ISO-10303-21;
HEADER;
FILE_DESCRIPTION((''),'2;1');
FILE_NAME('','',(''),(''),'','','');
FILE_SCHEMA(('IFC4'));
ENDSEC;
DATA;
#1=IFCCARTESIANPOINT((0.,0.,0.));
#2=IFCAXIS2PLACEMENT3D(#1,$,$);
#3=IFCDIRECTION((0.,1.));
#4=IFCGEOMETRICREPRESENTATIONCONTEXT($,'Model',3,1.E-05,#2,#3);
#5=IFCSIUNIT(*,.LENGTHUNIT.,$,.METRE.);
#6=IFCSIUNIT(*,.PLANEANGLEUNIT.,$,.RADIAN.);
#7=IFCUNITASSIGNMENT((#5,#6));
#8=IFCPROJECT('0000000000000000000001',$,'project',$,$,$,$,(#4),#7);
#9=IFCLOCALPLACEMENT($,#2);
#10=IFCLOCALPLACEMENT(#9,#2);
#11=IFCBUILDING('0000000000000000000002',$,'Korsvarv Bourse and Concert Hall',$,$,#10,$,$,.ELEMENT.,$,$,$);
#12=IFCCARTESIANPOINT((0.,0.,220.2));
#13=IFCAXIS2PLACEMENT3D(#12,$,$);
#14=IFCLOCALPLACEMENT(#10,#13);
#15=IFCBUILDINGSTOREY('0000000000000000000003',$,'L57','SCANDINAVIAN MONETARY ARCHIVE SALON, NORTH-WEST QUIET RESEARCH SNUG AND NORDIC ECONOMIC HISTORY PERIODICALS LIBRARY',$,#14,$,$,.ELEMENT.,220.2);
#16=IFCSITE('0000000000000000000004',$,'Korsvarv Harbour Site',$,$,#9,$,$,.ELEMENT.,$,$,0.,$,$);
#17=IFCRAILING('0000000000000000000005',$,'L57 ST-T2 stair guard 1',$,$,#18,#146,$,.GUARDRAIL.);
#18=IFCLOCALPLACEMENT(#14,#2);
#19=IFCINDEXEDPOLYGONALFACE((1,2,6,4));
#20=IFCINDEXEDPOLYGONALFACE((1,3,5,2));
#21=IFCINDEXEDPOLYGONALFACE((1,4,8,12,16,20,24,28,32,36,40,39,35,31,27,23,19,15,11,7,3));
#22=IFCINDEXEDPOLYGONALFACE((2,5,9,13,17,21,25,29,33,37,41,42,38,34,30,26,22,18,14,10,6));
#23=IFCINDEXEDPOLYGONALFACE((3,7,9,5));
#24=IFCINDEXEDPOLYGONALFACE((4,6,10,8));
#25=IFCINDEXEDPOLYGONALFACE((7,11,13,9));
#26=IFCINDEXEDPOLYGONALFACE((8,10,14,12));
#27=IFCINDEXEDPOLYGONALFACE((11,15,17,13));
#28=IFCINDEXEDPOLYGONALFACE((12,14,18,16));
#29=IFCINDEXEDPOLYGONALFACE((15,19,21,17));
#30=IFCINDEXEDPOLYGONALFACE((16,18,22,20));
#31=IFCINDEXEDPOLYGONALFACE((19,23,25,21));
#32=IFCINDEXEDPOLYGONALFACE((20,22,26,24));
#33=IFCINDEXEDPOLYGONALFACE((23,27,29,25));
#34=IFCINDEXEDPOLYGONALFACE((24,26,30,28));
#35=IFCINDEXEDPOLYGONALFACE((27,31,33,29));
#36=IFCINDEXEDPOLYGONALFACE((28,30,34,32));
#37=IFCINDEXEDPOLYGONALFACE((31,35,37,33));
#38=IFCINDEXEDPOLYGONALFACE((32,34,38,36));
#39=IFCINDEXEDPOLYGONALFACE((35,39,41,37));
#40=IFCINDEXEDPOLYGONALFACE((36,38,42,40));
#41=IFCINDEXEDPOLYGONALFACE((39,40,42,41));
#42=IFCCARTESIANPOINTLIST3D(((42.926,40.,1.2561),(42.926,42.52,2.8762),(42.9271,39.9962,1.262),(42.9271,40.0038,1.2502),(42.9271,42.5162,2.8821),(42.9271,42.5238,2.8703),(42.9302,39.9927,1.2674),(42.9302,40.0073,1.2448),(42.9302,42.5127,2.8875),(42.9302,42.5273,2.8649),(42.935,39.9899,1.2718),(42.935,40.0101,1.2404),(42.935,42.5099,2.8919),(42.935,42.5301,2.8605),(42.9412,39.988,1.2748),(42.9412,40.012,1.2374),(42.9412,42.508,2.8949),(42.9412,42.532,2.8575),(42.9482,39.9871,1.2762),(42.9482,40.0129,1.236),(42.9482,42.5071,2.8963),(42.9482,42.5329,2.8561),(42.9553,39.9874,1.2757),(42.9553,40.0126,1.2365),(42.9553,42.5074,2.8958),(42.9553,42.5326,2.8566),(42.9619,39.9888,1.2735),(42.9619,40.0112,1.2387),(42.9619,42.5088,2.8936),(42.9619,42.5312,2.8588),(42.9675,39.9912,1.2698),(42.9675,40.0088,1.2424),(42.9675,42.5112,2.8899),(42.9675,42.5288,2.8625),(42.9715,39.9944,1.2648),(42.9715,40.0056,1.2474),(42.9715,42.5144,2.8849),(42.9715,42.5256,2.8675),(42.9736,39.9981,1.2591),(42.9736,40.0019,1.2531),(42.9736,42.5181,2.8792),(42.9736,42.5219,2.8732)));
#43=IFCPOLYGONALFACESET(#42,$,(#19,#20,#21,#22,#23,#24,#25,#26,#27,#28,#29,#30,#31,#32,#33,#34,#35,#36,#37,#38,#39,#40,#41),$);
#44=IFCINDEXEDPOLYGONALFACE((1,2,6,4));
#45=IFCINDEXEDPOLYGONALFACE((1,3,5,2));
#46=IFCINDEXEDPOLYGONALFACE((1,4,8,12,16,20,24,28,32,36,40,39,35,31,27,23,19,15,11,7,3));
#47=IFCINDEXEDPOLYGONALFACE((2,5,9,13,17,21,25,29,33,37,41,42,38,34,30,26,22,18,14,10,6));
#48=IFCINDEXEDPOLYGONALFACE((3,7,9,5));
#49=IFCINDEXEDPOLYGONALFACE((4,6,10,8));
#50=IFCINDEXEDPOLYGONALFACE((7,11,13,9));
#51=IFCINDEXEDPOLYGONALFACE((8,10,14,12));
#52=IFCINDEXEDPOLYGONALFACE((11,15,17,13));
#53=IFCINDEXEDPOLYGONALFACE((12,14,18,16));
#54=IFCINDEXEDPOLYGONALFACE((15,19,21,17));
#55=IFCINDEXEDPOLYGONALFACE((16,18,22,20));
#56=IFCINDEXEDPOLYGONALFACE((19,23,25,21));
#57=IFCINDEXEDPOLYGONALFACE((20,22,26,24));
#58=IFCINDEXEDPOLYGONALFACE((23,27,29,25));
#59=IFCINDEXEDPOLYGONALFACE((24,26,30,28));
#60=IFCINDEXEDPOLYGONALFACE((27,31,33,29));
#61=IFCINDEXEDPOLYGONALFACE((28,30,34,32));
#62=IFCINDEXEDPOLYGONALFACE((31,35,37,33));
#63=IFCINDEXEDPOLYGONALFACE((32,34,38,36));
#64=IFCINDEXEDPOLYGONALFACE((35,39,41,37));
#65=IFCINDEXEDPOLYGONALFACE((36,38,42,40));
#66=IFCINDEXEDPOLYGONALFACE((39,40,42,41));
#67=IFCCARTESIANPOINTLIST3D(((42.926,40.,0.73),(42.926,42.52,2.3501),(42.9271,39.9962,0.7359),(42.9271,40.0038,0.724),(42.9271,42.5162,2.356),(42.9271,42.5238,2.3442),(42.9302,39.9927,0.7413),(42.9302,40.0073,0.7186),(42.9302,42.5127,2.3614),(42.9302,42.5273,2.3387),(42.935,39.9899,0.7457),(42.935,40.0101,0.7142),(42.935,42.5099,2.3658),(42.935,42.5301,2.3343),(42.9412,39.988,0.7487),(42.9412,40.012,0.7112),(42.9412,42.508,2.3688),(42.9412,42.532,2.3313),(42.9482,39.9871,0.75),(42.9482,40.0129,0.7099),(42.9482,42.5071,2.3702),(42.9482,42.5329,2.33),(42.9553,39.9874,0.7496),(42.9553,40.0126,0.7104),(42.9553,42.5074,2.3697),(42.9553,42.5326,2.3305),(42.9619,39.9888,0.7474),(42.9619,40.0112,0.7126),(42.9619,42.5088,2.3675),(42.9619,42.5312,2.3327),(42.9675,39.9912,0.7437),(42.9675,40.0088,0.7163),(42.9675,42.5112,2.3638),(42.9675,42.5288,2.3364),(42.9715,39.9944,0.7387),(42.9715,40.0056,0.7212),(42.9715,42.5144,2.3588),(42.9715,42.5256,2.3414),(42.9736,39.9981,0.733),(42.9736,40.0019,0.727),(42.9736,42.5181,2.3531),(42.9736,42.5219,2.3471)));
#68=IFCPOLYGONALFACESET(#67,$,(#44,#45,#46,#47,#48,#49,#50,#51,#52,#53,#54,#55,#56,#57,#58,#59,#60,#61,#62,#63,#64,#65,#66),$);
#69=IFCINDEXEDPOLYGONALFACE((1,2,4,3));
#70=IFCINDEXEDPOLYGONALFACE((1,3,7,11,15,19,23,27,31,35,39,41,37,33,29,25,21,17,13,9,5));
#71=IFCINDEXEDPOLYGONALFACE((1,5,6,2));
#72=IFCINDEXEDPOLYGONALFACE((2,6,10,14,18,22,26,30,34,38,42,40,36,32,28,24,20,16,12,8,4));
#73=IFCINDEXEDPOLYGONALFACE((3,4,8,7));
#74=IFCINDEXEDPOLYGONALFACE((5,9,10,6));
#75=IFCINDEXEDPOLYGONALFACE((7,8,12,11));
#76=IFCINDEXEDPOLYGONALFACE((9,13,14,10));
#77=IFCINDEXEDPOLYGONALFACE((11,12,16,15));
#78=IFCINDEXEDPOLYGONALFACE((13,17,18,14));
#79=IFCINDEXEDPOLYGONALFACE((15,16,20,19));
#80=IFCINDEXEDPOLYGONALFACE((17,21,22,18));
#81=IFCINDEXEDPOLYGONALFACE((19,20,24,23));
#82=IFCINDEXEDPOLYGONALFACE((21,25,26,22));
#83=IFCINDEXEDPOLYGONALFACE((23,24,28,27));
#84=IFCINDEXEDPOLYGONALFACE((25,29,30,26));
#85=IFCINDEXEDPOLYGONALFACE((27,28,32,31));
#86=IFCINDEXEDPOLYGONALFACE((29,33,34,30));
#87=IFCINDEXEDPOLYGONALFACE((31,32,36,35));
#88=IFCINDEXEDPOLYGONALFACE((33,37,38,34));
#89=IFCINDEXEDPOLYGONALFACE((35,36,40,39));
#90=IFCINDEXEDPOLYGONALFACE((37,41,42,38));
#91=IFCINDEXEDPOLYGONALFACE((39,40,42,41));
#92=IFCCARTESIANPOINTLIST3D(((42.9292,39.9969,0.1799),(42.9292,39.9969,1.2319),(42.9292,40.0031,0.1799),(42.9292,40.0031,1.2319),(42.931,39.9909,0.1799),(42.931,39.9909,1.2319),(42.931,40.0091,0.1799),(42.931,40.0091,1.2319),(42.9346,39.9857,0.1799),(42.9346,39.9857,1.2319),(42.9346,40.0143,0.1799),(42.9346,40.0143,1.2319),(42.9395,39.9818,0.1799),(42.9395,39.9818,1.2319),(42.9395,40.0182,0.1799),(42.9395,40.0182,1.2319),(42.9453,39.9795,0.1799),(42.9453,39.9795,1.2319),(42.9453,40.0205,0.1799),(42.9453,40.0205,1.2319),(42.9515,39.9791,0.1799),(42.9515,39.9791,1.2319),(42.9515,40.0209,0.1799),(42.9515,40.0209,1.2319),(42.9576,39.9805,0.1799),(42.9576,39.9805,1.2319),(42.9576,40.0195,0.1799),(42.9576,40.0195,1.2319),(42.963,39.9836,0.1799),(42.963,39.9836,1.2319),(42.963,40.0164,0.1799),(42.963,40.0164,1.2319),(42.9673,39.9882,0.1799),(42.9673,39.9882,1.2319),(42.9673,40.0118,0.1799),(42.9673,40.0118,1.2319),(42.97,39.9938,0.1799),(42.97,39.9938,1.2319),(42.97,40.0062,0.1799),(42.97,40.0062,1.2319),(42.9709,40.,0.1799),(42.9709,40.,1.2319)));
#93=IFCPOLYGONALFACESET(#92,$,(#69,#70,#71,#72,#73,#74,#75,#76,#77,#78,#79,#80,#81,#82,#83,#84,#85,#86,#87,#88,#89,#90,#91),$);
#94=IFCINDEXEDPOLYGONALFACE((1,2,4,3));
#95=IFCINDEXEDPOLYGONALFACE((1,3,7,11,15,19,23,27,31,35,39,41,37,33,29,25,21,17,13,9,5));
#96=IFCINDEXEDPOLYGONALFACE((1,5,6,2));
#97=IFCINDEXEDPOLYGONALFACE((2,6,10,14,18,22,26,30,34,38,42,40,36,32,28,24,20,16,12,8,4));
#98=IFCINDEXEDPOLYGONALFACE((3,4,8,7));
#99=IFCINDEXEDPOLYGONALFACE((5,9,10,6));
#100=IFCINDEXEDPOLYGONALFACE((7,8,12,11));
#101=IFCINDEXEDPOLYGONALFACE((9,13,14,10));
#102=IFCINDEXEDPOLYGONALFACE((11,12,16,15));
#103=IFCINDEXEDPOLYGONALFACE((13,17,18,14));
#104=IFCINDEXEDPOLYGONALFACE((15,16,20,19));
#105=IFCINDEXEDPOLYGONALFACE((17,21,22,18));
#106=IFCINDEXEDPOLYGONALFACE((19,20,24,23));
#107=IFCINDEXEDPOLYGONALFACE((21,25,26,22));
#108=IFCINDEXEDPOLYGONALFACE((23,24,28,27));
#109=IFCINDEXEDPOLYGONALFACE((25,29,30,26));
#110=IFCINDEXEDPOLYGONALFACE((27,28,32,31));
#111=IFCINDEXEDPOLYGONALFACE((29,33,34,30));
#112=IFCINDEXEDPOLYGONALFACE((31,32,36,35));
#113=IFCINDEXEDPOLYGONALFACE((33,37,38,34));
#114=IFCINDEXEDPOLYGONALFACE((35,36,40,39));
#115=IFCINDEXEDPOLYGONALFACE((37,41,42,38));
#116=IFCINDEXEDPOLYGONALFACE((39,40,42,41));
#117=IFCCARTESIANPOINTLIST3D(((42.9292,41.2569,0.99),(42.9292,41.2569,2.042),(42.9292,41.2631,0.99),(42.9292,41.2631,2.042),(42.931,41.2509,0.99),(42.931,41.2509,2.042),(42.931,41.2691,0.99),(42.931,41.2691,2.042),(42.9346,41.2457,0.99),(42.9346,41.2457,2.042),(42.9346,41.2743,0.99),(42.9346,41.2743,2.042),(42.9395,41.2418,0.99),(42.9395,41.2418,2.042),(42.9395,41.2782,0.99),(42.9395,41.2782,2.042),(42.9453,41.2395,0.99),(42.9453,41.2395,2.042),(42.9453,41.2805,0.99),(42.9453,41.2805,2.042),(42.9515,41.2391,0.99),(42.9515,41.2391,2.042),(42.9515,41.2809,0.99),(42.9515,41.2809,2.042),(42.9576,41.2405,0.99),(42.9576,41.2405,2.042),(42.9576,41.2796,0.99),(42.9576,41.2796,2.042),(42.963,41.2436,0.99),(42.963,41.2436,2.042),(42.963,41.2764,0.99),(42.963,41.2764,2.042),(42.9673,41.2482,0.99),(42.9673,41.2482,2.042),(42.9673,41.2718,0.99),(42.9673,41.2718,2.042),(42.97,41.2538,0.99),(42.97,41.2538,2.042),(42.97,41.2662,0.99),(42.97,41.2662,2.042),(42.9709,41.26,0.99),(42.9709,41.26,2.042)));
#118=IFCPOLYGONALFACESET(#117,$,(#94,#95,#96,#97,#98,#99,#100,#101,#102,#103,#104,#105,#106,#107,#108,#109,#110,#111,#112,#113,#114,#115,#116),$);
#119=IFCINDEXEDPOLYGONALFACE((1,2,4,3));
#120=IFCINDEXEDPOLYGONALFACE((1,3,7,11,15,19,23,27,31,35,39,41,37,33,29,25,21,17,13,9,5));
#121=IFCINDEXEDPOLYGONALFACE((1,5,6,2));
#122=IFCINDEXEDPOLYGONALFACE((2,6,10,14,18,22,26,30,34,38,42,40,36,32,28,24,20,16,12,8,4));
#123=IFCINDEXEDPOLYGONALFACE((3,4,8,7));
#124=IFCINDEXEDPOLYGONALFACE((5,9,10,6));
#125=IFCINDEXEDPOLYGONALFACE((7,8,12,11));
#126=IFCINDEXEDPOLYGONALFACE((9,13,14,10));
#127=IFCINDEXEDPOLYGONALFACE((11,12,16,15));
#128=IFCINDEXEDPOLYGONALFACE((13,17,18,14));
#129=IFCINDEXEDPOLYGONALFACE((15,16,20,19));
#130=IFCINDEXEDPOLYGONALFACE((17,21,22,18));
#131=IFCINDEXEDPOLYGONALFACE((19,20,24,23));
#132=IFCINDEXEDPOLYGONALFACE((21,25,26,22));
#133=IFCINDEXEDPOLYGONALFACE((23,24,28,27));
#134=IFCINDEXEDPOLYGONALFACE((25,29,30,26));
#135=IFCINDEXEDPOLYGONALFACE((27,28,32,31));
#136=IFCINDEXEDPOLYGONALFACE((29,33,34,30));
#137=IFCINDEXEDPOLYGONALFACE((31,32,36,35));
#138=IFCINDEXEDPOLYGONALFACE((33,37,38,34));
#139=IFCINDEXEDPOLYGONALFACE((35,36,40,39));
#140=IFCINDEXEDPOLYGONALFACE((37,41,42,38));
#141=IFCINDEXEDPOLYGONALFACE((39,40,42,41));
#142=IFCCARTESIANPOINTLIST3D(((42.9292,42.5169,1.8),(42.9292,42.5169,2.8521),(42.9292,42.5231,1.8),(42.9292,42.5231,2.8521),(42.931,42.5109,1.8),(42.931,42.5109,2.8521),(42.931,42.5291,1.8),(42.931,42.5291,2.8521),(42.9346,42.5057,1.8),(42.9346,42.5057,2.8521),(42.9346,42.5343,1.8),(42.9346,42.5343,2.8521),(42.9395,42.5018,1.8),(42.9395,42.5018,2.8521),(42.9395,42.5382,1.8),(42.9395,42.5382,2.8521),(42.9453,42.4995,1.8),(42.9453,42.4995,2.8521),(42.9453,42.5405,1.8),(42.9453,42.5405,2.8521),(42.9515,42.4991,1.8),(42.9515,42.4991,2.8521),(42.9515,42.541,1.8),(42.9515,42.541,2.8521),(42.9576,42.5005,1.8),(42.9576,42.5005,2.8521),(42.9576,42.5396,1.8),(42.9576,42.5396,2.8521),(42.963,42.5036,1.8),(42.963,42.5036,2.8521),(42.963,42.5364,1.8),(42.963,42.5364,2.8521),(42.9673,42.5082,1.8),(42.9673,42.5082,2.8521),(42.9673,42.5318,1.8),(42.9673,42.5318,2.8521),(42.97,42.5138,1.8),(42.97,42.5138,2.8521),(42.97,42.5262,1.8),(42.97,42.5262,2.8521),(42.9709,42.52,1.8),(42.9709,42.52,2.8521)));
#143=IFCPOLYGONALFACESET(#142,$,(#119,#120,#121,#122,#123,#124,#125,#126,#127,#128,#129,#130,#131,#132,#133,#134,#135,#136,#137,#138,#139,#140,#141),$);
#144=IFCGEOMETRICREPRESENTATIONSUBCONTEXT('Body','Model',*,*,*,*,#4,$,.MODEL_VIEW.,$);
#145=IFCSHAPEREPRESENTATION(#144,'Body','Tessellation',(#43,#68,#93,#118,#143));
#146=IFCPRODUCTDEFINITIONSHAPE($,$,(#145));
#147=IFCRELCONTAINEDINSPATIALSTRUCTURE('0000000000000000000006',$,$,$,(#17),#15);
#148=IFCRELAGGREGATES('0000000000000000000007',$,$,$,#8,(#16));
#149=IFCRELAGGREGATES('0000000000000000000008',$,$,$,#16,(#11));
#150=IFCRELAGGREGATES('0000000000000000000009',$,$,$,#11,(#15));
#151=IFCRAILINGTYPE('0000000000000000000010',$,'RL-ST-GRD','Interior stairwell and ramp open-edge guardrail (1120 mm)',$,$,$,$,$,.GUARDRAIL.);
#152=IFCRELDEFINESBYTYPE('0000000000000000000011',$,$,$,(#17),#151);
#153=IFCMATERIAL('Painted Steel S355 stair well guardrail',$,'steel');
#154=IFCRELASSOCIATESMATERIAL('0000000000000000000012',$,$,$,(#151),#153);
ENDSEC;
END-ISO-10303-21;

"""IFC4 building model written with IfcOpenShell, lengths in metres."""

from ifc_helpers import new_model, si_unit, direction, frame, origin, origin_2d, place, context, subcontext, project, spatial, circle, extrude, material, type_object, element, save


model = new_model("IFC4")

# Units and contexts
model_context = context("Model", 3, precision=1e-05, world=origin(), true_north=direction((0.0, 1.0)))
body_context = subcontext(model_context, "Body", "Model", "MODEL_VIEW")
ifc_project = project(units=[si_unit("LENGTHUNIT", "METRE"), si_unit("PLANEANGLEUNIT", "RADIAN")], contexts=[model_context])

# Site, building, storey
site_placement = place(None, origin())
site = spatial("IfcSite", under=ifc_project, at=site_placement, Name="Korsvarv Harbour Site", CompositionType="ELEMENT", RefElevation=0.0)
building_placement = place(site_placement, origin())
building = spatial("IfcBuilding", under=site, at=building_placement, Name="Korsvarv Bourse and Concert Hall", CompositionType="ELEMENT")
storey_placement = place(building_placement, frame((0.0, 0.0, 220.2)))
storey = spatial("IfcBuildingStorey", under=building, at=storey_placement, Name="L57", Description="SCANDINAVIAN MONETARY ARCHIVE SALON, NORTH-WEST QUIET RESEARCH SNUG AND NORDIC ECONOMIC HISTORY PERIODICALS LIBRARY", CompositionType="ELEMENT", Elevation=220.2)

# Railing
ifc_material_1 = material(Name="Painted Steel S355 stair well guardrail", Category="steel")
railing_type_1 = type_object("IfcRailingType", Name="RL-ST-GRD", Description="Interior stairwell and ramp open-edge guardrail (1120 mm)", PredefinedType="GUARDRAIL", material=ifc_material_1)
railing_1_placement = place(storey_placement, frame((42.95, 40.0, 0.1799)))
element("IfcRailing", 1, at=railing_1_placement, inside=storey, type_object=railing_type_1, Name="L57 ST-T2 stair guard 1", PredefinedType="GUARDRAIL", context=body_context, shape_type="SweptSolid", body=[
    extrude(circle(Radius=0.0239, at=origin_2d()), frame((0.0, 0.0, 1.0762), z_axis=(0.0, 0.841163, 0.540782), x_axis=(-1.0, 0.0, 0.0)), (0.0, 0.0, 1.0), 2.9958),
    extrude(circle(Radius=0.0239, at=origin_2d()), frame((0.0, 0.0, 0.55), z_axis=(0.0, 0.841163, 0.540782), x_axis=(-1.0, 0.0, 0.0)), (0.0, 0.0, 1.0), 2.9958),
    extrude(circle(Radius=0.021, at=origin_2d()), origin(), (0.0, 0.0, 1.0), 1.052),
    extrude(circle(Radius=0.021, at=origin_2d()), frame((0.0, 1.26, 0.8101)), (0.0, 0.0, 1.0), 1.052),
    extrude(circle(Radius=0.021, at=origin_2d()), frame((0.0, 2.52, 1.6201)), (0.0, 0.0, 1.0), 1.052),
])

save(model, "model.ifc")
